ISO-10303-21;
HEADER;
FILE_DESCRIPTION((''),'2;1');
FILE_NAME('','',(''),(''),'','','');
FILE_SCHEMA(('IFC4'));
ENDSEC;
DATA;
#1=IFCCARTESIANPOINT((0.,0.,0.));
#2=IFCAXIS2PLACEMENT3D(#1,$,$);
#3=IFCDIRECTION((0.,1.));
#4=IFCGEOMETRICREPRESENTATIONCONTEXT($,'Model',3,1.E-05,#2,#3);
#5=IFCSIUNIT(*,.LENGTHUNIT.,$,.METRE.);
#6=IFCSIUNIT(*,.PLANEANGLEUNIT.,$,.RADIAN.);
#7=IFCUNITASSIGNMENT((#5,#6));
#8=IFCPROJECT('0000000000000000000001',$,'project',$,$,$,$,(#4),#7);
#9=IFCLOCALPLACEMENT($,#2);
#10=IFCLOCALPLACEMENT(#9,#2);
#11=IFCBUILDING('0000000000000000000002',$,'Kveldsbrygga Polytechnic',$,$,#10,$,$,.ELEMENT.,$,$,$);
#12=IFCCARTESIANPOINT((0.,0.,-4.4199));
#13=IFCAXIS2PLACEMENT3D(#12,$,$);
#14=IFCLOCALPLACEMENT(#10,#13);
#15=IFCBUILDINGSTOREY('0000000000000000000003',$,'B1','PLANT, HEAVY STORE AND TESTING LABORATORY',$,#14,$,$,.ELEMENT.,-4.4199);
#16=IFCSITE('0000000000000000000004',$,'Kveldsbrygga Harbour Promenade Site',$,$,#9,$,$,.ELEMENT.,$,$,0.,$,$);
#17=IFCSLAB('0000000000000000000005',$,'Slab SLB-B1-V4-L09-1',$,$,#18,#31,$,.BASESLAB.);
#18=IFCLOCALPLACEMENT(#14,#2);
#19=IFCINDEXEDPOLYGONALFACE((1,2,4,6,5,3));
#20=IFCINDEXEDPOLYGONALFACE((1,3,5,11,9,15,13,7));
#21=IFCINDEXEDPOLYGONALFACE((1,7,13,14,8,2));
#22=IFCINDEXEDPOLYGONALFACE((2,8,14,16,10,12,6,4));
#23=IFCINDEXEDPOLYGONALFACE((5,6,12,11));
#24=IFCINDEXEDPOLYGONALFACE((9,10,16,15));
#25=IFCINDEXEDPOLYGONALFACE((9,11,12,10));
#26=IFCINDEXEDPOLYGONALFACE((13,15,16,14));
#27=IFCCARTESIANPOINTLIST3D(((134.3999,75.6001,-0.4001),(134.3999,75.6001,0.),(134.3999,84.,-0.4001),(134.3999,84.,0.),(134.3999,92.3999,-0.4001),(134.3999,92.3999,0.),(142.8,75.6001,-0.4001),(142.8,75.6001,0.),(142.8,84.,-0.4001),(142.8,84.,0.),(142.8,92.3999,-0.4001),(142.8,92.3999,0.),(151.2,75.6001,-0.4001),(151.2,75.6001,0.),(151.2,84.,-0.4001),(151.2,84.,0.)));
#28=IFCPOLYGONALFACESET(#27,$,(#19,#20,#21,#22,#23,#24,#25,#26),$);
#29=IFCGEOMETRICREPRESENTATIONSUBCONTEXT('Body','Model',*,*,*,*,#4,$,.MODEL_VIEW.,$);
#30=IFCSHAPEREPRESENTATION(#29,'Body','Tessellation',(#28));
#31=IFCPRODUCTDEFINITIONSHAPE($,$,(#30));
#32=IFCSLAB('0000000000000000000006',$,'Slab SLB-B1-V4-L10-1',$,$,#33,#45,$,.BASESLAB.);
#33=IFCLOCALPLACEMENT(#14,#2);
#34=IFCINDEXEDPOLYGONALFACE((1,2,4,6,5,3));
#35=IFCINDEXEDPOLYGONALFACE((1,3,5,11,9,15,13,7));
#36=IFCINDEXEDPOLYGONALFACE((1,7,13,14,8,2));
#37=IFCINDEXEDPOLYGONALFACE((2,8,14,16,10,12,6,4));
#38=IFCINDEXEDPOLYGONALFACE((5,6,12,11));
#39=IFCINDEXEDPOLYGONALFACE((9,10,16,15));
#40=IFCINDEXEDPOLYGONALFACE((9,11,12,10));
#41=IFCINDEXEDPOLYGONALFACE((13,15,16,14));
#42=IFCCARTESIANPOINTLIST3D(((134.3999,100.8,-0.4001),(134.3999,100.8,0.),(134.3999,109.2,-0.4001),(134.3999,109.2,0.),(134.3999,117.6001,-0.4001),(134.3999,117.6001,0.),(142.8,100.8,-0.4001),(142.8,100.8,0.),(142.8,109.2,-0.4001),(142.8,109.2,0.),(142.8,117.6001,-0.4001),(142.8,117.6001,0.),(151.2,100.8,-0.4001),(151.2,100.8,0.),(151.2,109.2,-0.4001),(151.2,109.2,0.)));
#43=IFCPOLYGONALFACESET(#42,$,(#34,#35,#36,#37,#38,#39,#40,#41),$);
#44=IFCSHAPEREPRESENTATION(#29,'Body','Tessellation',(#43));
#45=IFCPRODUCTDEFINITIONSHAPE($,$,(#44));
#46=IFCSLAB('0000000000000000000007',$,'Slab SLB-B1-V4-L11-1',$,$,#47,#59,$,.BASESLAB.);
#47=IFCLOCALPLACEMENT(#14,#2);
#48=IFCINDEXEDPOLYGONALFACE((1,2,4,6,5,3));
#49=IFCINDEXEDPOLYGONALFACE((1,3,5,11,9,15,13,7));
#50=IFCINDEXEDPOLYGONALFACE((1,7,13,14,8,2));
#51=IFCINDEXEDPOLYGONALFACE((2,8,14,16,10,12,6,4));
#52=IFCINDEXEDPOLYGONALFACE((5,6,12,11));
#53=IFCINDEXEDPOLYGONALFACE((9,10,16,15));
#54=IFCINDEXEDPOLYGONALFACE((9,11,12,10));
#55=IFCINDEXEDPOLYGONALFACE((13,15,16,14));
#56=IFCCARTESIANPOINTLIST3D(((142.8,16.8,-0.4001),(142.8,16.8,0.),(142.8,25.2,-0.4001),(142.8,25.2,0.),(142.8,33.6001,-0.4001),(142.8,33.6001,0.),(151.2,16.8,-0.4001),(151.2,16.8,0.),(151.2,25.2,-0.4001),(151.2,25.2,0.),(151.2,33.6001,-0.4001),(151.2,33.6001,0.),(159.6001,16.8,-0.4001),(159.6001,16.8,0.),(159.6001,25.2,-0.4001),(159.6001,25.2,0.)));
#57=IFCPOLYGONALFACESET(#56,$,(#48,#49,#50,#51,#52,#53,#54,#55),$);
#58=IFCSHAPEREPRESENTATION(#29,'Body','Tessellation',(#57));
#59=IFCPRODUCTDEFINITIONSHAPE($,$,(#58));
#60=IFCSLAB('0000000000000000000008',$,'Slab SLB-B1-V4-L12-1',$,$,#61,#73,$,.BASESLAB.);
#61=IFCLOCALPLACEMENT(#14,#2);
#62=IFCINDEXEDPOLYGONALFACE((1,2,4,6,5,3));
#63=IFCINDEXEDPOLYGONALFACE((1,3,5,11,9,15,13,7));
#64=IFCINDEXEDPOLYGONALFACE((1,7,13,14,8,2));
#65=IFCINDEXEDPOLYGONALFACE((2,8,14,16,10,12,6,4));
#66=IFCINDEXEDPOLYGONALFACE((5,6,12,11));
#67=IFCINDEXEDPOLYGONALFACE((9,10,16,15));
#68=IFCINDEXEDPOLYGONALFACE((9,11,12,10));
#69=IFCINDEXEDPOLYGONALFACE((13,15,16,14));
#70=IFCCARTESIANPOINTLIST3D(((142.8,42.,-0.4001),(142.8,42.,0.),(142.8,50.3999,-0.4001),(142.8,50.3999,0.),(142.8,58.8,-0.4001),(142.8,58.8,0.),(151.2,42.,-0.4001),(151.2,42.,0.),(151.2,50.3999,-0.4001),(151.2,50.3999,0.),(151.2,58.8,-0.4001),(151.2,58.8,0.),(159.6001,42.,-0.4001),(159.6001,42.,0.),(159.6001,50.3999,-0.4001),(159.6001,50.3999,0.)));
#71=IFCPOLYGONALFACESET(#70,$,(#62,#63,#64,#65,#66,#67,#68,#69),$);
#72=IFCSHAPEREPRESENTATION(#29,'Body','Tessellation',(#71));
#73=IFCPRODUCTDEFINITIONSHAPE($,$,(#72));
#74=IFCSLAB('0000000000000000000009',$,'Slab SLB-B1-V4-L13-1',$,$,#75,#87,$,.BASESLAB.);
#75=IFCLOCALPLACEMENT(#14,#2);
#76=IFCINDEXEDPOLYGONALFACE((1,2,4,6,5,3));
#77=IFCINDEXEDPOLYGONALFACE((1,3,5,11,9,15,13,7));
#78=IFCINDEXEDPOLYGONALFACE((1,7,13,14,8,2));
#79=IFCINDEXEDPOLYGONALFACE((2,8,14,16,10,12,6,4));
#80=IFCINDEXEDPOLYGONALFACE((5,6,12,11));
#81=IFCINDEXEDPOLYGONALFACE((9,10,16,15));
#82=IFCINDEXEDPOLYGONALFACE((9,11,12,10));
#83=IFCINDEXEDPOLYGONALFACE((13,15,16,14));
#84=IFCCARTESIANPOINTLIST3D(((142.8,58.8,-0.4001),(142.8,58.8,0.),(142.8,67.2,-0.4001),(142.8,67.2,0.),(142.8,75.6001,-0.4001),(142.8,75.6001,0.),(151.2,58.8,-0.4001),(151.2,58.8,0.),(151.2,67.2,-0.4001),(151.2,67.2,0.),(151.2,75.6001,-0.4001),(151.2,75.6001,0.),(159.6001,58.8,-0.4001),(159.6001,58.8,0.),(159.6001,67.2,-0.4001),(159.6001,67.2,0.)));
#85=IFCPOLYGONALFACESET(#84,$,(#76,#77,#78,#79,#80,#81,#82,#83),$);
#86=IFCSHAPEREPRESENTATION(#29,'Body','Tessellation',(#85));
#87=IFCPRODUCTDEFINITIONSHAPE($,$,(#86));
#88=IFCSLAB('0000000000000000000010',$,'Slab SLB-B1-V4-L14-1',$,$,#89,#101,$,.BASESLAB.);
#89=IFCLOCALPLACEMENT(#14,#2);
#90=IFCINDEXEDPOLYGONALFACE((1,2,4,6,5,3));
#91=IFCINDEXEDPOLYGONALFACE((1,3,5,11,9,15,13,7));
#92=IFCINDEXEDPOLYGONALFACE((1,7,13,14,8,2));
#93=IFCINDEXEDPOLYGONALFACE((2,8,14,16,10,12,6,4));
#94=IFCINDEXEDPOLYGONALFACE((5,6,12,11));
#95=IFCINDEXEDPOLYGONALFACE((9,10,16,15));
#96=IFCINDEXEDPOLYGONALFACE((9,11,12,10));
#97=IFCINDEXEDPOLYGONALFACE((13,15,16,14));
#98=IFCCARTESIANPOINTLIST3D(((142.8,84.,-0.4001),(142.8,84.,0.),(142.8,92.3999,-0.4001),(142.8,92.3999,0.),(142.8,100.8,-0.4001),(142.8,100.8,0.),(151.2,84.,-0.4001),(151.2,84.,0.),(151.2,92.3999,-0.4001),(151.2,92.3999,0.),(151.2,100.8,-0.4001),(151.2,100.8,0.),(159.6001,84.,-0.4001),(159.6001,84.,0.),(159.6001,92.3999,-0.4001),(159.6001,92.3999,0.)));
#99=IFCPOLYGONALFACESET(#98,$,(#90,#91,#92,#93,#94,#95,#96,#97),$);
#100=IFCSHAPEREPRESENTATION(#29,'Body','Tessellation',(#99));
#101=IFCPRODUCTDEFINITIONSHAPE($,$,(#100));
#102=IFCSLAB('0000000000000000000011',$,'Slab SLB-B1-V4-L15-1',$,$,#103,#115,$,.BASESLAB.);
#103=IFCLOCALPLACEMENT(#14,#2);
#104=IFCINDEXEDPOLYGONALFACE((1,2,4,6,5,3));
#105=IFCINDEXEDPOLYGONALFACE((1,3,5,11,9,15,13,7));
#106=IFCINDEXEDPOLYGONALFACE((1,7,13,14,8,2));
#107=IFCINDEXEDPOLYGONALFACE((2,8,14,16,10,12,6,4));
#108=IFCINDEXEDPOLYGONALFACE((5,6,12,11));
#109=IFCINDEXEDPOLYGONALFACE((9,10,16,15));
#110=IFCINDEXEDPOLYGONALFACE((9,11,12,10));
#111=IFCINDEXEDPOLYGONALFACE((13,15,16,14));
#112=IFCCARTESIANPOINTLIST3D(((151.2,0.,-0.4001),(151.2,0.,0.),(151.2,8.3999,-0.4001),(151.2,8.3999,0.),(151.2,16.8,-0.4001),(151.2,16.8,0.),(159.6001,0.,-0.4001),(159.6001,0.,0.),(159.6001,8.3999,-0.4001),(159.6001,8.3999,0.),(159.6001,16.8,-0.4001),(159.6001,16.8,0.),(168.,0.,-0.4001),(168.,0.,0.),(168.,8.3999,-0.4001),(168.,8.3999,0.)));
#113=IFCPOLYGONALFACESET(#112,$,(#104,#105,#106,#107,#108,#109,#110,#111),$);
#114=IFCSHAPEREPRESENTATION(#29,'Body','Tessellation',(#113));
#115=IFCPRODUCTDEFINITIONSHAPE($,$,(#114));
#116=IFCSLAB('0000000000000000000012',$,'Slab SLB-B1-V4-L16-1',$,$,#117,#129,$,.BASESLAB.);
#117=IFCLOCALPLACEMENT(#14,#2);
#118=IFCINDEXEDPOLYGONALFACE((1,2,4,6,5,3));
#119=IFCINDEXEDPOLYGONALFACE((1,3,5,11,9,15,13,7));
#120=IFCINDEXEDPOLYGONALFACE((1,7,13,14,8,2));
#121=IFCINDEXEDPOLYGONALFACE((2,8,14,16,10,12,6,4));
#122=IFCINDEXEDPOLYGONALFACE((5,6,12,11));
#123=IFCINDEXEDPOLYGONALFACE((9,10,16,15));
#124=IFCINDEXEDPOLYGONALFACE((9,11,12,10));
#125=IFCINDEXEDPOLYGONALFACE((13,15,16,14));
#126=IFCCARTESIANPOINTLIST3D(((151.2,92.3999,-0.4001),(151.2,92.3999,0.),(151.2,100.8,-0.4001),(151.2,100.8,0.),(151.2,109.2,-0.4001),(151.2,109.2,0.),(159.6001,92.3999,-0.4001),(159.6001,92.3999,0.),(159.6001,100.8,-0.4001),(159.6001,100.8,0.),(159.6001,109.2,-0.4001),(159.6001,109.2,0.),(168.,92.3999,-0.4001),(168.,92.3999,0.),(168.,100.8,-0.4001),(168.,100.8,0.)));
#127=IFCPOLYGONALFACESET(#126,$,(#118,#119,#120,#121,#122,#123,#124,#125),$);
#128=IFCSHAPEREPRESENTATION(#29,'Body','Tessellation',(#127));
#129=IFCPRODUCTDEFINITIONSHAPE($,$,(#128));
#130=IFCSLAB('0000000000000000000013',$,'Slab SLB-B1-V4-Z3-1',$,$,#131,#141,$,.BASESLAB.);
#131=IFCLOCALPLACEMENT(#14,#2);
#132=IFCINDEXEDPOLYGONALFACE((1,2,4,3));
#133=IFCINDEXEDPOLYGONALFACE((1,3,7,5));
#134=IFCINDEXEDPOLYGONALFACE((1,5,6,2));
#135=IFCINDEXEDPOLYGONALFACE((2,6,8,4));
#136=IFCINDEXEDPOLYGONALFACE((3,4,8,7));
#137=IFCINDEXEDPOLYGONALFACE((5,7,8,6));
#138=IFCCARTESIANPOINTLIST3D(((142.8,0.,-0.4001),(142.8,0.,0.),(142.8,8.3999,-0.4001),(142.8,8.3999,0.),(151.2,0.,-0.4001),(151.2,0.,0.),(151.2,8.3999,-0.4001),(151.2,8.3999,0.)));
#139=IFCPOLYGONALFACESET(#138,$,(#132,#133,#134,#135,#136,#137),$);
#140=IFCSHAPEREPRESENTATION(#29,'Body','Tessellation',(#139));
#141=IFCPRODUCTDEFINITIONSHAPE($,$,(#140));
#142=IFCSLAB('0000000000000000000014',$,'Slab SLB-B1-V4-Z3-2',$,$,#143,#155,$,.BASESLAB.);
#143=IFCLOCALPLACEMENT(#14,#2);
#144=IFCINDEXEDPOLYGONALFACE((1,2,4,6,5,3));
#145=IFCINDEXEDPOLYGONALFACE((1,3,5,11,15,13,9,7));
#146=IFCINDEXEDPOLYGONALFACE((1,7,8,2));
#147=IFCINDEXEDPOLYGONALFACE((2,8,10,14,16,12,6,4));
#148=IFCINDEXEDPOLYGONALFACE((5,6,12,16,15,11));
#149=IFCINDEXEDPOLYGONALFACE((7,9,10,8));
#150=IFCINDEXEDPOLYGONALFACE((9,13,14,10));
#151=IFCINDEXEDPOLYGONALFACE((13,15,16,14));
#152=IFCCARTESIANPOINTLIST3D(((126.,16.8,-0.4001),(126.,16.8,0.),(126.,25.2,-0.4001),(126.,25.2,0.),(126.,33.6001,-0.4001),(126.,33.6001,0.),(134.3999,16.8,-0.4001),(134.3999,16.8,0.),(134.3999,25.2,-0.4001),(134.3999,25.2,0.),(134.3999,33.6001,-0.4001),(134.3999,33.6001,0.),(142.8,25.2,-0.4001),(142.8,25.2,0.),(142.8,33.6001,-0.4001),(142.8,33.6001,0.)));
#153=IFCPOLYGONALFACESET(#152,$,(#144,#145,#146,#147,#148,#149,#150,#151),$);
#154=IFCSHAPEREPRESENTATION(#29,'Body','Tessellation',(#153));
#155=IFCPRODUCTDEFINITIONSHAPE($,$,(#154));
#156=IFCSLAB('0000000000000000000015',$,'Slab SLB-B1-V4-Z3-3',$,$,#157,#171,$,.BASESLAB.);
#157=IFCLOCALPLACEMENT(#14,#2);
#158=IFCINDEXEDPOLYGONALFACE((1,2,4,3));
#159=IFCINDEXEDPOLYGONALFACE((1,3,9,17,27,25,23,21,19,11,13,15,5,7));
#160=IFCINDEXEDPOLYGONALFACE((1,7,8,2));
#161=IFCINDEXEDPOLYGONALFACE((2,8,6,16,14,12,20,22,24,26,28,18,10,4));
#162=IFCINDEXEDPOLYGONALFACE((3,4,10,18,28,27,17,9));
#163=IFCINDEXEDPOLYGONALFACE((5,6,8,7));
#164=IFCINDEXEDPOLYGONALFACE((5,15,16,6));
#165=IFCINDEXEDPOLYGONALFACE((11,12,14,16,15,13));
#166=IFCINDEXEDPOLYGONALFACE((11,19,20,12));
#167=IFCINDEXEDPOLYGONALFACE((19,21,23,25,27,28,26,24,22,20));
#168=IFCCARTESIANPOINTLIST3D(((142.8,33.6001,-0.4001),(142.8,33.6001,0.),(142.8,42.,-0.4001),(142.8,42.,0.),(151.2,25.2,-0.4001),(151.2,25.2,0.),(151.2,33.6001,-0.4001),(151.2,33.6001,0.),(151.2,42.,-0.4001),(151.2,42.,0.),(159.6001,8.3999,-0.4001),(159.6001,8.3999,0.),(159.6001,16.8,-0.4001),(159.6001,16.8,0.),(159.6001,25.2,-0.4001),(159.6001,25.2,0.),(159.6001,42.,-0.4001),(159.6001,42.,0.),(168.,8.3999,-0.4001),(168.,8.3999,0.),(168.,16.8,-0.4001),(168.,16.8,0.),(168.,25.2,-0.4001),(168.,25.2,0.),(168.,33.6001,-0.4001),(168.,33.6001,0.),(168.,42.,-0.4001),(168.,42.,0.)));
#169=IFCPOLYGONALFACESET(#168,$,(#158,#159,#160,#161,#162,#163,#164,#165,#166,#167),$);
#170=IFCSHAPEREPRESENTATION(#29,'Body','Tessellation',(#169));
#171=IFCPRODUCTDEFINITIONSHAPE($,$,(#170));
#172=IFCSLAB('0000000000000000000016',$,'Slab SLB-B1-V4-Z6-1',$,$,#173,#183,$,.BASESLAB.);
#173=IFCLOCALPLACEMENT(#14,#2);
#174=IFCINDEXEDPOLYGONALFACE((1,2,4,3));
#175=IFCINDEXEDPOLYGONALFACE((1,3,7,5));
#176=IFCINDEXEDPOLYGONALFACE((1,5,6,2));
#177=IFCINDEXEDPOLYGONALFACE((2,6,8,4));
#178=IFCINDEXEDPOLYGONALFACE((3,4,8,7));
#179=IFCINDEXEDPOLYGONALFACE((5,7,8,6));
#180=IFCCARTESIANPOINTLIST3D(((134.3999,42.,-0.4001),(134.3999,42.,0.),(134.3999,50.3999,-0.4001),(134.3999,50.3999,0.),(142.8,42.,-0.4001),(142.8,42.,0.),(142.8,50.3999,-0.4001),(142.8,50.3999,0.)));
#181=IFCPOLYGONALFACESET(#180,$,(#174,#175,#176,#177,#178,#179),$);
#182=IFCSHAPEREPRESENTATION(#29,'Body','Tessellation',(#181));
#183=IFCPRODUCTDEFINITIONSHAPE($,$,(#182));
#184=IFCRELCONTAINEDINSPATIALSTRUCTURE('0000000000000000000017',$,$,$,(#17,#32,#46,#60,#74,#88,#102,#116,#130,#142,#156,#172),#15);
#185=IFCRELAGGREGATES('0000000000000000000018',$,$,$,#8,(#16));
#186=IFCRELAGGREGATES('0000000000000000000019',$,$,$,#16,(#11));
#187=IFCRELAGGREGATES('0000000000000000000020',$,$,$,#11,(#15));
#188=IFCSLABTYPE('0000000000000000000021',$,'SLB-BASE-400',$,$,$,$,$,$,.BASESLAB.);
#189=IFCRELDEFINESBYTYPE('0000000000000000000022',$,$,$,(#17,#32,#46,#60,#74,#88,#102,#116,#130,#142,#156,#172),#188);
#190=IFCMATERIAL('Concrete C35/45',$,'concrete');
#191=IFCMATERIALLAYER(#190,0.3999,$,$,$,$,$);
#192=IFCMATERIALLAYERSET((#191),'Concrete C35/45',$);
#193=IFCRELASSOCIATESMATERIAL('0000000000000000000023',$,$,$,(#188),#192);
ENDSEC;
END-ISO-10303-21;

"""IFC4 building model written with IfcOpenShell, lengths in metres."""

from ifc_helpers import new_model, si_unit, direction, frame, origin, place, context, subcontext, project, spatial, polyline, outline, extrude, material, layer, layer_set, type_object, element, save


model = new_model("IFC4")

# Units and contexts
model_context = context("Model", 3, precision=1e-05, world=origin(), true_north=direction((0.0, 1.0)))
body_context = subcontext(model_context, "Body", "Model", "MODEL_VIEW")
ifc_project = project(units=[si_unit("LENGTHUNIT", "METRE"), si_unit("PLANEANGLEUNIT", "RADIAN")], contexts=[model_context])

# Site, building, storey
site_placement = place(None, origin())
site = spatial("IfcSite", under=ifc_project, at=site_placement, Name="Kveldsbrygga Harbour Promenade Site", CompositionType="ELEMENT", RefElevation=0.0)
building_placement = place(site_placement, origin())
building = spatial("IfcBuilding", under=site, at=building_placement, Name="Kveldsbrygga Polytechnic", CompositionType="ELEMENT")
storey_placement = place(building_placement, frame((0.0, 0.0, -4.4199)))
storey = spatial("IfcBuildingStorey", under=building, at=storey_placement, Name="B1", Description="PLANT, HEAVY STORE AND TESTING LABORATORY", CompositionType="ELEMENT", Elevation=-4.4199)

# Slabs
ifc_material_1 = material(Name="Concrete C35/45", Category="concrete")
ifc_layer_1 = layer(ifc_material_1, 0.3999)
ifc_layer_set_1 = layer_set([ifc_layer_1], Name="Concrete C35/45")
slab_type_1 = type_object("IfcSlabType", Name="SLB-BASE-400", PredefinedType="BASESLAB", material=ifc_layer_set_1)
slab_1_placement = place(storey_placement, frame((0.0, 0.0, -0.4001)))
element("IfcSlab", 1, at=slab_1_placement, inside=storey, type_object=slab_type_1, Name="Slab SLB-B1-V4-L09-1", PredefinedType="BASESLAB", context=body_context, shape_type="SweptSolid", body=[
    extrude(outline(polyline([(134.3999, 75.6001), (134.3999, 84.0), (134.3999, 92.3999), (142.8, 92.3999), (142.8, 84.0), (151.2, 84.0), (151.2, 75.6001), (142.8, 75.6001), (134.3999, 75.6001)])), origin(), (0.0, 0.0, 1.0), 0.4001),
])
slab_2_placement = place(storey_placement, frame((0.0, 0.0, -0.4001)))
element("IfcSlab", 2, at=slab_2_placement, inside=storey, type_object=slab_type_1, Name="Slab SLB-B1-V4-L10-1", PredefinedType="BASESLAB", context=body_context, shape_type="SweptSolid", body=[
    extrude(outline(polyline([(134.3999, 100.8), (134.3999, 109.2), (134.3999, 117.6001), (142.8, 117.6001), (142.8, 109.2), (151.2, 109.2), (151.2, 100.8), (142.8, 100.8), (134.3999, 100.8)])), origin(), (0.0, 0.0, 1.0), 0.4001),
])
slab_3_placement = place(storey_placement, frame((0.0, 0.0, -0.4001)))
element("IfcSlab", 3, at=slab_3_placement, inside=storey, type_object=slab_type_1, Name="Slab SLB-B1-V4-L11-1", PredefinedType="BASESLAB", context=body_context, shape_type="SweptSolid", body=[
    extrude(outline(polyline([(142.8, 16.8), (142.8, 25.2), (142.8, 33.6001), (151.2, 33.6001), (151.2, 25.2), (159.6001, 25.2), (159.6001, 16.8), (151.2, 16.8), (142.8, 16.8)])), origin(), (0.0, 0.0, 1.0), 0.4001),
])
slab_4_placement = place(storey_placement, frame((0.0, 0.0, -0.4001)))
element("IfcSlab", 4, at=slab_4_placement, inside=storey, type_object=slab_type_1, Name="Slab SLB-B1-V4-L12-1", PredefinedType="BASESLAB", context=body_context, shape_type="SweptSolid", body=[
    extrude(outline(polyline([(142.8, 42.0), (142.8, 50.3999), (142.8, 58.8), (151.2, 58.8), (151.2, 50.3999), (159.6001, 50.3999), (159.6001, 42.0), (151.2, 42.0), (142.8, 42.0)])), origin(), (0.0, 0.0, 1.0), 0.4001),
])
slab_5_placement = place(storey_placement, frame((0.0, 0.0, -0.4001)))
element("IfcSlab", 5, at=slab_5_placement, inside=storey, type_object=slab_type_1, Name="Slab SLB-B1-V4-L13-1", PredefinedType="BASESLAB", context=body_context, shape_type="SweptSolid", body=[
    extrude(outline(polyline([(142.8, 58.8), (142.8, 67.2), (142.8, 75.6001), (151.2, 75.6001), (151.2, 67.2), (159.6001, 67.2), (159.6001, 58.8), (151.2, 58.8), (142.8, 58.8)])), origin(), (0.0, 0.0, 1.0), 0.4001),
])
slab_6_placement = place(storey_placement, frame((0.0, 0.0, -0.4001)))
element("IfcSlab", 6, at=slab_6_placement, inside=storey, type_object=slab_type_1, Name="Slab SLB-B1-V4-L14-1", PredefinedType="BASESLAB", context=body_context, shape_type="SweptSolid", body=[
    extrude(outline(polyline([(142.8, 84.0), (142.8, 92.3999), (142.8, 100.8), (151.2, 100.8), (151.2, 92.3999), (159.6001, 92.3999), (159.6001, 84.0), (151.2, 84.0), (142.8, 84.0)])), origin(), (0.0, 0.0, 1.0), 0.4001),
])
slab_7_placement = place(storey_placement, frame((0.0, 0.0, -0.4001)))
element("IfcSlab", 7, at=slab_7_placement, inside=storey, type_object=slab_type_1, Name="Slab SLB-B1-V4-L15-1", PredefinedType="BASESLAB", context=body_context, shape_type="SweptSolid", body=[
    extrude(outline(polyline([(151.2, 0.0), (151.2, 8.3999), (151.2, 16.8), (159.6001, 16.8), (159.6001, 8.3999), (168.0, 8.3999), (168.0, 0.0), (159.6001, 0.0), (151.2, 0.0)])), origin(), (0.0, 0.0, 1.0), 0.4001),
])
slab_8_placement = place(storey_placement, frame((0.0, 0.0, -0.4001)))
element("IfcSlab", 8, at=slab_8_placement, inside=storey, type_object=slab_type_1, Name="Slab SLB-B1-V4-L16-1", PredefinedType="BASESLAB", context=body_context, shape_type="SweptSolid", body=[
    extrude(outline(polyline([(151.2, 92.3999), (151.2, 100.8), (151.2, 109.2), (159.6001, 109.2), (159.6001, 100.8), (168.0, 100.8), (168.0, 92.3999), (159.6001, 92.3999), (151.2, 92.3999)])), origin(), (0.0, 0.0, 1.0), 0.4001),
])
slab_9_placement = place(storey_placement, frame((0.0, 0.0, -0.4001)))
element("IfcSlab", 9, at=slab_9_placement, inside=storey, type_object=slab_type_1, Name="Slab SLB-B1-V4-Z3-1", PredefinedType="BASESLAB", context=body_context, shape_type="SweptSolid", body=[
    extrude(outline(polyline([(151.2, 8.3999), (151.2, 0.0), (142.8, 0.0), (142.8, 8.3999), (151.2, 8.3999)])), origin(), (0.0, 0.0, 1.0), 0.4001),
])
slab_10_placement = place(storey_placement, frame((0.0, 0.0, -0.4001)))
element("IfcSlab", 10, at=slab_10_placement, inside=storey, type_object=slab_type_1, Name="Slab SLB-B1-V4-Z3-2", PredefinedType="BASESLAB", context=body_context, shape_type="SweptSolid", body=[
    extrude(outline(polyline([(126.0, 33.6001), (134.3999, 33.6001), (142.8, 33.6001), (142.8, 25.2), (134.3999, 25.2), (134.3999, 16.8), (126.0, 16.8), (126.0, 25.2), (126.0, 33.6001)])), origin(), (0.0, 0.0, 1.0), 0.4001),
])
slab_11_placement = place(storey_placement, frame((0.0, 0.0, -0.4001)))
element("IfcSlab", 11, at=slab_11_placement, inside=storey, type_object=slab_type_1, Name="Slab SLB-B1-V4-Z3-3", PredefinedType="BASESLAB", context=body_context, shape_type="SweptSolid", body=[
    extrude(outline(polyline([(151.2, 25.2), (151.2, 33.6001), (142.8, 33.6001), (142.8, 42.0), (151.2, 42.0), (159.6001, 42.0), (168.0, 42.0), (168.0, 33.6001), (168.0, 25.2), (168.0, 16.8), (168.0, 8.3999), (159.6001, 8.3999), (159.6001, 16.8), (159.6001, 25.2), (151.2, 25.2)])), origin(), (0.0, 0.0, 1.0), 0.4001),
])
slab_12_placement = place(storey_placement, frame((0.0, 0.0, -0.4001)))
element("IfcSlab", 12, at=slab_12_placement, inside=storey, type_object=slab_type_1, Name="Slab SLB-B1-V4-Z6-1", PredefinedType="BASESLAB", context=body_context, shape_type="SweptSolid", body=[
    extrude(outline(polyline([(142.8, 50.3999), (142.8, 42.0), (134.3999, 42.0), (134.3999, 50.3999), (142.8, 50.3999)])), origin(), (0.0, 0.0, 1.0), 0.4001),
])

save(model, "model.ifc")
